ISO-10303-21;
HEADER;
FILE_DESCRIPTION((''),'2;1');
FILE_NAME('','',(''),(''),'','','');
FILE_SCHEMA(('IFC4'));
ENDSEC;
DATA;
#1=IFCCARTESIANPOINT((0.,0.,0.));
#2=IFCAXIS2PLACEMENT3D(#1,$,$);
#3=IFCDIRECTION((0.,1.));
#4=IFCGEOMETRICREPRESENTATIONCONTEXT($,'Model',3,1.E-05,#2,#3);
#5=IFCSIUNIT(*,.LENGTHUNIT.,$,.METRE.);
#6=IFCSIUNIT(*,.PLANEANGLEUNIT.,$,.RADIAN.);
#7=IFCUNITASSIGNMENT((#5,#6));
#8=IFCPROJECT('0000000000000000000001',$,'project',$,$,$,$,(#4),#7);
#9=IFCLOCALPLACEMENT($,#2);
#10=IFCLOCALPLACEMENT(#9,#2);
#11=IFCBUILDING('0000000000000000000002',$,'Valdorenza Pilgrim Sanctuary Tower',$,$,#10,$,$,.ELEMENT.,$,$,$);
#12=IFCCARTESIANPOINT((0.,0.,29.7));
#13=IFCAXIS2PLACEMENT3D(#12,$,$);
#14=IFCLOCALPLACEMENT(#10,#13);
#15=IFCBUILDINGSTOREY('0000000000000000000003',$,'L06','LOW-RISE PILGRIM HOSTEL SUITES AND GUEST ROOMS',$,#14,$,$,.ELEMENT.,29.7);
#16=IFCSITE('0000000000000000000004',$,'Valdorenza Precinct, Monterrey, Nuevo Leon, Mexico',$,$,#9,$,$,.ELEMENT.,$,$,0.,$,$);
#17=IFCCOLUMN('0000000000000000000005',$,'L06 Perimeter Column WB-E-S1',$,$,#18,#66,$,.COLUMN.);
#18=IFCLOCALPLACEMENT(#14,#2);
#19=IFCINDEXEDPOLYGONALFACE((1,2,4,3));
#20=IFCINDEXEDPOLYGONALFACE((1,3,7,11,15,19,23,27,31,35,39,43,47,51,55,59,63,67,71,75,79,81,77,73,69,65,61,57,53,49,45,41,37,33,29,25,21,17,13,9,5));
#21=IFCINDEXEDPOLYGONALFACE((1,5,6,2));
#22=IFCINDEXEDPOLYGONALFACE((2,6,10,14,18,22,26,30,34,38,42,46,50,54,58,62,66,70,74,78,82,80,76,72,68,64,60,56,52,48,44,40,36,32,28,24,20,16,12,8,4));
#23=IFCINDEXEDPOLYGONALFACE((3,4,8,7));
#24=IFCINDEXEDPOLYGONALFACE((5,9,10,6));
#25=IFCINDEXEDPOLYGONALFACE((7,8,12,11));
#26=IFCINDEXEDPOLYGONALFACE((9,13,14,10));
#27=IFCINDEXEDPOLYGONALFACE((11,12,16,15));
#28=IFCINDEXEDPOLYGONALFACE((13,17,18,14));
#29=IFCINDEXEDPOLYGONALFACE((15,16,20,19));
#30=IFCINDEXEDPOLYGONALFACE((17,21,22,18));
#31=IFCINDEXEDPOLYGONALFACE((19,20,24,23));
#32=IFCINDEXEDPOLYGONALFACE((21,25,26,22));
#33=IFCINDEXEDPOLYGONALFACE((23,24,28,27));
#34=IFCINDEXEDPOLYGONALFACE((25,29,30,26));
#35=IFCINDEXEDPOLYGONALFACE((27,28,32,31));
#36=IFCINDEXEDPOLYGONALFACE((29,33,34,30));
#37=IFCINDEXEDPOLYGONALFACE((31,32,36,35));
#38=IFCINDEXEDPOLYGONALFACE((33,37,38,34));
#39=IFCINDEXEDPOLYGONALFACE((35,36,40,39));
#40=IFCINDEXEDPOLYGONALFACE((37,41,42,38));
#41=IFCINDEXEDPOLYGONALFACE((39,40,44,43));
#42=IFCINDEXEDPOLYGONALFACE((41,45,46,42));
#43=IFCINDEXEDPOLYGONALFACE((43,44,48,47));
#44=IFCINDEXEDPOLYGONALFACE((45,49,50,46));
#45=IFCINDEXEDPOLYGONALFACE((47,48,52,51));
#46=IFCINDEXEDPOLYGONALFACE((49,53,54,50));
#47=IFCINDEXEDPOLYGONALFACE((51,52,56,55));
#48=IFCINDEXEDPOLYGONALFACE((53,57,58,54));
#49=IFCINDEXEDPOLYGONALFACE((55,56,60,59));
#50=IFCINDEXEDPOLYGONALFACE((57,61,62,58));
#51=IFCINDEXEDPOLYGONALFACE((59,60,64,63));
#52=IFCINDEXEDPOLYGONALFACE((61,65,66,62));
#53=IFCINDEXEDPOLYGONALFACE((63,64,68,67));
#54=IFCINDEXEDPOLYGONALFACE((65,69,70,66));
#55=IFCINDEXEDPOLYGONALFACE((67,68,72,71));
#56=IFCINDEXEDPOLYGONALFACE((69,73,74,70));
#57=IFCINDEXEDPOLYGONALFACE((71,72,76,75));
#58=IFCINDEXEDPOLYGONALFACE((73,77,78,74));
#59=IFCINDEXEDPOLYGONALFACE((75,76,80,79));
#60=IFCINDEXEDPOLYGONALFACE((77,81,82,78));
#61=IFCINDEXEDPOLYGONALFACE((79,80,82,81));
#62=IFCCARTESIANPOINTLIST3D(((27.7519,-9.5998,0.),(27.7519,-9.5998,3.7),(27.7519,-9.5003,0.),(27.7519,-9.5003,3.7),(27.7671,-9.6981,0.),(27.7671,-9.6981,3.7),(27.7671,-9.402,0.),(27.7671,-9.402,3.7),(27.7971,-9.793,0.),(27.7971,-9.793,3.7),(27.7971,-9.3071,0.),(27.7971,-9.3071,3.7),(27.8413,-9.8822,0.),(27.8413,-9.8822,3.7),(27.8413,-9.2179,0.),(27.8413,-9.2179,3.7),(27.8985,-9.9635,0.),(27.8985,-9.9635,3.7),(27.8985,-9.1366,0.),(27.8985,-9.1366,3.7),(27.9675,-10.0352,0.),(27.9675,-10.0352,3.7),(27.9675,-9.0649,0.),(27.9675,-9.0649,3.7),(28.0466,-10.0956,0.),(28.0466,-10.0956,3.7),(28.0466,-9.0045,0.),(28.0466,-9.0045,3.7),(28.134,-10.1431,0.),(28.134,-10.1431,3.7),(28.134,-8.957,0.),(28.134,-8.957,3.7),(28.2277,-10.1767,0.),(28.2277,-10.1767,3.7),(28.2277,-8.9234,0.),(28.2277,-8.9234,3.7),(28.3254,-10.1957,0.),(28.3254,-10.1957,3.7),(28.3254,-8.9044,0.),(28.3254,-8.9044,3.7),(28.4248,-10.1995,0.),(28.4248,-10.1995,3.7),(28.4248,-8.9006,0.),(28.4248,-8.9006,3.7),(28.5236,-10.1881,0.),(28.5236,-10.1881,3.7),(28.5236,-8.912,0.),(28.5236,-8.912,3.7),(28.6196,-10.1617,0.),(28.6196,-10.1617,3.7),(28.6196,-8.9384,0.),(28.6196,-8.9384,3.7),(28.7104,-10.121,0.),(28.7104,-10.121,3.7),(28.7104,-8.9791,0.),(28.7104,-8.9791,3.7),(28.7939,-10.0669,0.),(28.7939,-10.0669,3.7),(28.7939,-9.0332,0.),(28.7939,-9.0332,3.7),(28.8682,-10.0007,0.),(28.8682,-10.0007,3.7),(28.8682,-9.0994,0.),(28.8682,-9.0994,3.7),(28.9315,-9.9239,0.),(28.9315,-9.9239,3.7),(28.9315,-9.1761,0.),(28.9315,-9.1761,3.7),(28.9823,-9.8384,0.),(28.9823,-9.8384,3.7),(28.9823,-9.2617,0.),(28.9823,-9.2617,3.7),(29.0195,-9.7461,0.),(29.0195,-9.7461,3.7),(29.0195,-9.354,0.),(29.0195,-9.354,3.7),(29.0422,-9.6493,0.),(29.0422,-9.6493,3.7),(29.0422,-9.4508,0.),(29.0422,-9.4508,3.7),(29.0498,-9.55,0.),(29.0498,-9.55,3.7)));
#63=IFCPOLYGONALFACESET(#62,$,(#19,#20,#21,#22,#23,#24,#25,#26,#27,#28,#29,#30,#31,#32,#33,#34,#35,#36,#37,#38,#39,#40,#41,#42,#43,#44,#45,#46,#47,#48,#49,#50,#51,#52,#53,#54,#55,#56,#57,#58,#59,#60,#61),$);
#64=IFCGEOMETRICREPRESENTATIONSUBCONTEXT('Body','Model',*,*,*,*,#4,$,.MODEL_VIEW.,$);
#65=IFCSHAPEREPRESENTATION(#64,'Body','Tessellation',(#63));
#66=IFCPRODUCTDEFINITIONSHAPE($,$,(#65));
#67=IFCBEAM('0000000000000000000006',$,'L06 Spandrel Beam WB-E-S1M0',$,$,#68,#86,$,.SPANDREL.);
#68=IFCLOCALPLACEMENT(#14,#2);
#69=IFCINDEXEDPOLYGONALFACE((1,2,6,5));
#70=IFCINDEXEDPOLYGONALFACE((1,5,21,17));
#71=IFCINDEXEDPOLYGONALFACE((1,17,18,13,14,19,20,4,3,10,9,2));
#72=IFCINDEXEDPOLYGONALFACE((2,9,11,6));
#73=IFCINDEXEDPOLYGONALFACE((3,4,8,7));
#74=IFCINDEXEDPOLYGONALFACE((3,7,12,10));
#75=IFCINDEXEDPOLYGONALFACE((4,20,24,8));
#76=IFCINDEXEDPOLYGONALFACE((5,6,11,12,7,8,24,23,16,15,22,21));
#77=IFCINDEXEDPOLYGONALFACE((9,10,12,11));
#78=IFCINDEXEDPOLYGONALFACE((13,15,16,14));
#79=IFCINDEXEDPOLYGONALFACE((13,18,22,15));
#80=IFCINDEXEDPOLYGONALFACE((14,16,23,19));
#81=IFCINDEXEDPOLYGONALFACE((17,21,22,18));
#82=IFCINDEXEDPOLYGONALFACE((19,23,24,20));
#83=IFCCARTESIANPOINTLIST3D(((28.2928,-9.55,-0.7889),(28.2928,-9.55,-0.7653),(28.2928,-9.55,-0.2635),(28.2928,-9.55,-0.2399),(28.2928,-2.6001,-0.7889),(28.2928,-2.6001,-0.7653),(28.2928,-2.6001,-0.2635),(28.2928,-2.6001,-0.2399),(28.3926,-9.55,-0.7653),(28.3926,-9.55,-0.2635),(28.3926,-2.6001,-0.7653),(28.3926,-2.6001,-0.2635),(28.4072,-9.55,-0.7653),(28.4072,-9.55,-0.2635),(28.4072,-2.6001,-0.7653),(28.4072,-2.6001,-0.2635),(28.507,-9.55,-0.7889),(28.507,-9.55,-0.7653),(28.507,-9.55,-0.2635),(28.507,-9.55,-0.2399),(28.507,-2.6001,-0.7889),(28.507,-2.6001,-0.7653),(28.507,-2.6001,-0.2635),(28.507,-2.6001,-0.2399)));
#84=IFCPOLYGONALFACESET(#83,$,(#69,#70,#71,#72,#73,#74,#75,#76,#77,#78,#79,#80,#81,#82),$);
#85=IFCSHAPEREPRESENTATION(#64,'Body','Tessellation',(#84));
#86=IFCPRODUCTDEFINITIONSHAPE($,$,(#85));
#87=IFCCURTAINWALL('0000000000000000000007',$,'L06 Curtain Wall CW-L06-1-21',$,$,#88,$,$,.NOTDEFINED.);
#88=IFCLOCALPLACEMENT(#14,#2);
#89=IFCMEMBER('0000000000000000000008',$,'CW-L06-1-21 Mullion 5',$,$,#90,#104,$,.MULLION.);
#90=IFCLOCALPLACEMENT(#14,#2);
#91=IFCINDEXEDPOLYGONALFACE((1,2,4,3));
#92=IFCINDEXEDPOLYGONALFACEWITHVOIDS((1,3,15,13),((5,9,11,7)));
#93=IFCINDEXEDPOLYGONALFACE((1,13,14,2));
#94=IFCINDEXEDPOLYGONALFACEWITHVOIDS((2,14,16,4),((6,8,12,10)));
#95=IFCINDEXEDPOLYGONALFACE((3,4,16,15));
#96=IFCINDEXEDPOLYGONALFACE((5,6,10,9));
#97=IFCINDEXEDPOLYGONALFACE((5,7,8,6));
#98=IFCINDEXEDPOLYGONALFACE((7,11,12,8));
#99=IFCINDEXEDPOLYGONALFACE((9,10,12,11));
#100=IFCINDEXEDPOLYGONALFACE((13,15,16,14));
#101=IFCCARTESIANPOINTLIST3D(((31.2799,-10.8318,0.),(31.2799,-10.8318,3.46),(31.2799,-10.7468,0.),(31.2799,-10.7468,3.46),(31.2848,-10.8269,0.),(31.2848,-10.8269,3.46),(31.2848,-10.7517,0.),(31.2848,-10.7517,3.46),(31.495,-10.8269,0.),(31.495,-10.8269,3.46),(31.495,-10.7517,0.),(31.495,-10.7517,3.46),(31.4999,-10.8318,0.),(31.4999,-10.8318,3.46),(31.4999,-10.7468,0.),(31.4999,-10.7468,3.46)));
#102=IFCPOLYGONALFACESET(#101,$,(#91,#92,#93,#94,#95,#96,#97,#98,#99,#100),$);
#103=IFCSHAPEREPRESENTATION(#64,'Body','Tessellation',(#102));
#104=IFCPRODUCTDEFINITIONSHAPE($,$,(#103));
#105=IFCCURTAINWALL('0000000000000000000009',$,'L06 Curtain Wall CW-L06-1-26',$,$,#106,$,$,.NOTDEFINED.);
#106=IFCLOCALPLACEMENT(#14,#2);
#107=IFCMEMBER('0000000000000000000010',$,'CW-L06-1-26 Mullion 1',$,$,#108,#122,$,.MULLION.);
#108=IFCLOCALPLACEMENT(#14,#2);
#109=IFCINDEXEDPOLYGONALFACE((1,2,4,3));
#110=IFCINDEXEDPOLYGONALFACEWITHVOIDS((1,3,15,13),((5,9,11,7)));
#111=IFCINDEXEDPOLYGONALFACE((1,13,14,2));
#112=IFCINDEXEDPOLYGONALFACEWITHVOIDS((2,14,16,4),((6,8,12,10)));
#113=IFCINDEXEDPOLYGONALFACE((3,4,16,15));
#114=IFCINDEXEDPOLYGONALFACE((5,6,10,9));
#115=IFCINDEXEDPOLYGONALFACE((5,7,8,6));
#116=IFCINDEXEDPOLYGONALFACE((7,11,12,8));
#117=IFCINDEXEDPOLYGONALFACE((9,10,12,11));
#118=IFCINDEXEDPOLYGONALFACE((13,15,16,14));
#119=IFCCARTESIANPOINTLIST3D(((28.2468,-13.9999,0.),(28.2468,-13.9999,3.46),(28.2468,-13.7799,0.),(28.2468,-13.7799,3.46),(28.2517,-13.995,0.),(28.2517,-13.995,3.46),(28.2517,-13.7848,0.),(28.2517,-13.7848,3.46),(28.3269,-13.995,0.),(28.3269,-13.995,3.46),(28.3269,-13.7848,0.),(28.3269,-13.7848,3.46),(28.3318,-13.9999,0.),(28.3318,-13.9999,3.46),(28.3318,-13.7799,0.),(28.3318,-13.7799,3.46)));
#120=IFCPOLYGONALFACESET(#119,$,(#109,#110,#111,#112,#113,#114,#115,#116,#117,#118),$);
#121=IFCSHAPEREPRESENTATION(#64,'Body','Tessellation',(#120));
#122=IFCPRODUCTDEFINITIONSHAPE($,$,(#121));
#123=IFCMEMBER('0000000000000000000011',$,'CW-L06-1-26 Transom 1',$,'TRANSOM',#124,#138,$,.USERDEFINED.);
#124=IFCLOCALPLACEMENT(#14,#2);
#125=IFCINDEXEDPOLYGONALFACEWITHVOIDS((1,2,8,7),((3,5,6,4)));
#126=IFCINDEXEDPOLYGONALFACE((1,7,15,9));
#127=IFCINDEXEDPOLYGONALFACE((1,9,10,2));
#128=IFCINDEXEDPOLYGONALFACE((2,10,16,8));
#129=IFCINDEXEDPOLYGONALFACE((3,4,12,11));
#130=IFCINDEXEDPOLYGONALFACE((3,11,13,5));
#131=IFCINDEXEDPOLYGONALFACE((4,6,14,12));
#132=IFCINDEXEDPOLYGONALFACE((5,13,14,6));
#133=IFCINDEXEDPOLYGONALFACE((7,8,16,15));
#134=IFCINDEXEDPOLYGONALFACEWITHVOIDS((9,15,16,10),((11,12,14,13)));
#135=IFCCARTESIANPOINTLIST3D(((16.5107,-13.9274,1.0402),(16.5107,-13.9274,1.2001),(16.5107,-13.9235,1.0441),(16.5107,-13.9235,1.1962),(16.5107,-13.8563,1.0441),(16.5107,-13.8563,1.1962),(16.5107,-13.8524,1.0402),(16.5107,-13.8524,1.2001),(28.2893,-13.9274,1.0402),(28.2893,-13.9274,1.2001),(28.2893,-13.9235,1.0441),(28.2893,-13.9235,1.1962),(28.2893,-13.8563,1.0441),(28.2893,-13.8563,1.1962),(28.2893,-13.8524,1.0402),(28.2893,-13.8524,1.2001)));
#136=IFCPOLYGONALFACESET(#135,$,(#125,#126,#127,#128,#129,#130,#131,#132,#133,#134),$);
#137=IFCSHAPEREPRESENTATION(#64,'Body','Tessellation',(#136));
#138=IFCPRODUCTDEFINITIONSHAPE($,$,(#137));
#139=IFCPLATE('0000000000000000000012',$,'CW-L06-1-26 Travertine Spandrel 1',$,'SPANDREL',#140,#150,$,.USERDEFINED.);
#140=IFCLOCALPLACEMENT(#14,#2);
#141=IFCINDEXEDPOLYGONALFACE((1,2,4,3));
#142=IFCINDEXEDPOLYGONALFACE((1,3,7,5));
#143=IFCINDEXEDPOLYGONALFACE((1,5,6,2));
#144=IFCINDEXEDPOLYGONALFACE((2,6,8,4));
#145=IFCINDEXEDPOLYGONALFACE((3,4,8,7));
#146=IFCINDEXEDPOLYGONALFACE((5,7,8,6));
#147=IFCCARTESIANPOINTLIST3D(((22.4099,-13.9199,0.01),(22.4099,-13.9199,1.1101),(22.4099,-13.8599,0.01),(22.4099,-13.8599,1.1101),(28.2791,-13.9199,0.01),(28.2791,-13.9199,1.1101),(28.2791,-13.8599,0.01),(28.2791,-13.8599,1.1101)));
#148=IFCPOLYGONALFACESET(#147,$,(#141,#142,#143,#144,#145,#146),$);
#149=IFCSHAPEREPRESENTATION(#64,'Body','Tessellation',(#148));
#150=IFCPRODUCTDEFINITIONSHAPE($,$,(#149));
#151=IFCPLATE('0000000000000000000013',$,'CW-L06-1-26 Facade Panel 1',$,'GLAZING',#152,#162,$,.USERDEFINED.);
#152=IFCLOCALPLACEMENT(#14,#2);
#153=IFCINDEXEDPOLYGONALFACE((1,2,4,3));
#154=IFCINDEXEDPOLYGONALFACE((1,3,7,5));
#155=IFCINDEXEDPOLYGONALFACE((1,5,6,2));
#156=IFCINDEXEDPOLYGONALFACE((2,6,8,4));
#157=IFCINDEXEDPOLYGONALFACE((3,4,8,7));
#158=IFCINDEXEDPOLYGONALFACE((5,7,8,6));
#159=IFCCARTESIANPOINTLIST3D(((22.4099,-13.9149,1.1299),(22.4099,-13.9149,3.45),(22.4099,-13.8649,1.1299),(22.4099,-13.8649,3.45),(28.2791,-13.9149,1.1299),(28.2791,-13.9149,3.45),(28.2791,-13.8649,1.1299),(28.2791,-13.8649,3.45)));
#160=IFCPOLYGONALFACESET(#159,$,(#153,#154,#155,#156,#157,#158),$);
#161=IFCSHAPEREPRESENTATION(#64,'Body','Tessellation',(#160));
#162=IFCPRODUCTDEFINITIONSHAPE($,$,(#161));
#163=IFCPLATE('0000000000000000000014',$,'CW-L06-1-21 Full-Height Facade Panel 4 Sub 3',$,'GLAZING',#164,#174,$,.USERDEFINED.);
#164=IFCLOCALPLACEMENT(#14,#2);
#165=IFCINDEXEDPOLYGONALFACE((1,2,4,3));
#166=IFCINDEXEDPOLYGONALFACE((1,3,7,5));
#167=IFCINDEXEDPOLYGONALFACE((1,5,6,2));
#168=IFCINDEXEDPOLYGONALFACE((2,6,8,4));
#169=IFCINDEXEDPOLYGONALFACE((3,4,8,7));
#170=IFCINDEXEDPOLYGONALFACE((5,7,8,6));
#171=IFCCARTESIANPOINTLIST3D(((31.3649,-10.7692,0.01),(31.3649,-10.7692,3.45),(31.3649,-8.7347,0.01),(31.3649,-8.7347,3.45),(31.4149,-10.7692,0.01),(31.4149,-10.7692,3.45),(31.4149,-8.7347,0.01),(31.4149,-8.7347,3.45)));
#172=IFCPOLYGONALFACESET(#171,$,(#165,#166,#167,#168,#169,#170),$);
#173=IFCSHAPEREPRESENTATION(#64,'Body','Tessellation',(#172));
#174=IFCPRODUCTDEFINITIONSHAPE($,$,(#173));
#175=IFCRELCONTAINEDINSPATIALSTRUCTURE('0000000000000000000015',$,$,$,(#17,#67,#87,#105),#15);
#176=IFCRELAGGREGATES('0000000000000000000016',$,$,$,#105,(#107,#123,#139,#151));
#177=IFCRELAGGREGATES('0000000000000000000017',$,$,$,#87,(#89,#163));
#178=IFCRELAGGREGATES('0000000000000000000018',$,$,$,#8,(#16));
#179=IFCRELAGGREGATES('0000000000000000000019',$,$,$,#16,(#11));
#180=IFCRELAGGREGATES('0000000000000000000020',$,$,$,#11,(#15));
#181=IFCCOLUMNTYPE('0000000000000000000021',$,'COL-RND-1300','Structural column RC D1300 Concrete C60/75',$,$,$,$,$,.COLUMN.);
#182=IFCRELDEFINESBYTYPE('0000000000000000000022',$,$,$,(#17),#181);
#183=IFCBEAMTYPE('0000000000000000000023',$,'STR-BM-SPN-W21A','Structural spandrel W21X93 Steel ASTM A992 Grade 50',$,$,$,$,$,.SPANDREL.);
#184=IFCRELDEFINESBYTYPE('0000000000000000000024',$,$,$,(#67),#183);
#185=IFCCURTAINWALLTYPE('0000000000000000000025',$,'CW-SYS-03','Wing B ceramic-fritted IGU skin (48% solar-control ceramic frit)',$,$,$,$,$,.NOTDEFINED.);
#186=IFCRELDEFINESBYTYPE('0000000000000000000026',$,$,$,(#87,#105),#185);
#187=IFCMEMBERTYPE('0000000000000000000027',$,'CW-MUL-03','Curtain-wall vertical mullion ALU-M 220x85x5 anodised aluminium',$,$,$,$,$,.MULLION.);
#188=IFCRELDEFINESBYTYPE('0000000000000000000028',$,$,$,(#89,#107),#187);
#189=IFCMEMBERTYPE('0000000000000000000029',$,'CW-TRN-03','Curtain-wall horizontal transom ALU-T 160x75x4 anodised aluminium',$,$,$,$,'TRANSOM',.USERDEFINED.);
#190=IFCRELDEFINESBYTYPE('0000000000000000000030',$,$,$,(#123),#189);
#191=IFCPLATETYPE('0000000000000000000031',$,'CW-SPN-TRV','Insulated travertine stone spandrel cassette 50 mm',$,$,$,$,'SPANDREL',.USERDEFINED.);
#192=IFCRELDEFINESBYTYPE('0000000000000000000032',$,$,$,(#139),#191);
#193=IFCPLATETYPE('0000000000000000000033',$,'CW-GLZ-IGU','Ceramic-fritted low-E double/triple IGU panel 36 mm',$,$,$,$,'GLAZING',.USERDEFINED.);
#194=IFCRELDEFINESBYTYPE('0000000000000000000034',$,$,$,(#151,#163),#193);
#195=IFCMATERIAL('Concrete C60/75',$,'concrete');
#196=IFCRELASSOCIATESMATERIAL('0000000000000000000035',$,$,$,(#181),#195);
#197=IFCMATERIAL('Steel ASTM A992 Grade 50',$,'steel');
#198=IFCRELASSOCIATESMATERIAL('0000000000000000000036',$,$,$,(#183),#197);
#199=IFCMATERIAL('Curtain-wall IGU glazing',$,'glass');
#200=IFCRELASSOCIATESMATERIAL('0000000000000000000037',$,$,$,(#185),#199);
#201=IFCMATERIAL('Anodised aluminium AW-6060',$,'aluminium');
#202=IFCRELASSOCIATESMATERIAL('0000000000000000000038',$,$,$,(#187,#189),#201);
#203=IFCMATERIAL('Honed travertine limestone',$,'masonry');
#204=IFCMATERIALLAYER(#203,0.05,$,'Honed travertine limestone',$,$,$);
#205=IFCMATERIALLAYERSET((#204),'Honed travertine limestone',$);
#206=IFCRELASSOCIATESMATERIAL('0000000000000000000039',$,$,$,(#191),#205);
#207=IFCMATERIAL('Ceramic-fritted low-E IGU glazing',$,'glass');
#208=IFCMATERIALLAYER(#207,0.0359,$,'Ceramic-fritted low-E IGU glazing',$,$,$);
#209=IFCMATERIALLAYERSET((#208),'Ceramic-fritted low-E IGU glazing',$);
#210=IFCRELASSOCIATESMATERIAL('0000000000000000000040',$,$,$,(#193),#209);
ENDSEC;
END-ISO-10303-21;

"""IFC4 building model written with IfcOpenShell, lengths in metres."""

from ifc_helpers import new_model, si_unit, direction, frame, origin, origin_2d, place, context, subcontext, project, spatial, rectangle, hollow_rectangle, circle, i_section, extrude, source, transform, mapped, material, layer, layer_set, material_profile, profile_set, type_object, element, aggregate, save


model = new_model("IFC4")

# Units and contexts
model_context = context("Model", 3, precision=1e-05, world=origin(), true_north=direction((0.0, 1.0)))
body_context = subcontext(model_context, "Body", "Model", "MODEL_VIEW")
ifc_project = project(units=[si_unit("LENGTHUNIT", "METRE"), si_unit("PLANEANGLEUNIT", "RADIAN")], contexts=[model_context])

# Site, building, storey
site_placement = place(None, origin())
site = spatial("IfcSite", under=ifc_project, at=site_placement, Name="Valdorenza Precinct, Monterrey, Nuevo Leon, Mexico", CompositionType="ELEMENT", RefElevation=0.0)
building_placement = place(site_placement, origin())
building = spatial("IfcBuilding", under=site, at=building_placement, Name="Valdorenza Pilgrim Sanctuary Tower", CompositionType="ELEMENT")
storey_placement = place(building_placement, frame((0.0, 0.0, 29.7)))
storey = spatial("IfcBuildingStorey", under=building, at=storey_placement, Name="L06", Description="LOW-RISE PILGRIM HOSTEL SUITES AND GUEST ROOMS", CompositionType="ELEMENT", Elevation=29.7)

# Column
ifc_material_1 = material(Name="Concrete C60/75", Category="concrete")
ifc_material_profile_1 = material_profile(ifc_material_1, circle(Radius=0.6499, at=origin_2d()), Name="RC D1300")
ifc_profile_set_1 = profile_set([ifc_material_profile_1], Name="Concrete C60/75")
column_type = type_object("IfcColumnType", Name="COL-RND-1300", Description="Structural column RC D1300 Concrete C60/75", PredefinedType="COLUMN", material=ifc_profile_set_1)
shared_shape_1 = source(origin(), body_context, "Body", "SweptSolid", [
    extrude(circle(Radius=0.6499, at=origin_2d()), origin(), (0.0, 0.0, 1.0), 3.7),
])
column_placement = place(storey_placement, frame((28.3999, -9.55, 0.0), z_axis=(0.0, 0.0, 1.0), x_axis=(1.0, 0.0, 0.0)))
element("IfcColumn", 1, at=column_placement, inside=storey, type_object=column_type, Name="L06 Perimeter Column WB-E-S1", PredefinedType="COLUMN", context=body_context, shape_type="MappedRepresentation", body=[
    mapped(shared_shape_1, transform((0.0, 0.0, 0.0), x_axis=(1.0, 0.0, 0.0), y_axis=(0.0, 1.0, 0.0), z_axis=(0.0, 0.0, 1.0), scale=1.0)),
])

# Beam
ifc_material_2 = material(Name="Steel ASTM A992 Grade 50", Category="steel")
ifc_material_profile_2 = material_profile(ifc_material_2, i_section(OverallWidth=0.2141, OverallDepth=0.5491, WebThickness=0.0146, FlangeThickness=0.0237, at=origin_2d()), Name="W21X93")
ifc_profile_set_2 = profile_set([ifc_material_profile_2], Name="Steel ASTM A992 Grade 50")
beam_type = type_object("IfcBeamType", Name="STR-BM-SPN-W21A", Description="Structural spandrel W21X93 Steel ASTM A992 Grade 50", PredefinedType="SPANDREL", material=ifc_profile_set_2)
shared_shape_2 = source(origin(), body_context, "Body", "SweptSolid", [
    extrude(i_section(OverallWidth=0.2141, OverallDepth=0.5491, WebThickness=0.0146, FlangeThickness=0.0237, at=origin_2d()), origin(), (0.0, 0.0, 1.0), 6.95),
])
beam_placement = place(storey_placement, frame((28.3999, -9.55, -0.5144), z_axis=(0.0, 1.0, 0.0), x_axis=(-1.0, 0.0, 0.0)))
element("IfcBeam", 2, at=beam_placement, inside=storey, type_object=beam_type, Name="L06 Spandrel Beam WB-E-S1M0", PredefinedType="SPANDREL", context=body_context, shape_type="MappedRepresentation", body=[
    mapped(shared_shape_2, transform((0.0, 0.0, 0.0), x_axis=(1.0, 0.0, 0.0), y_axis=(0.0, 1.0, 0.0), z_axis=(0.0, 0.0, 1.0), scale=1.0)),
])

# Curtain wall, member
ifc_material_3 = material(Name="Curtain-wall IGU glazing", Category="glass")
curtain_wall_type = type_object("IfcCurtainWallType", Name="CW-SYS-03", Description="Wing B ceramic-fritted IGU skin (48% solar-control ceramic frit)", PredefinedType="NOTDEFINED", material=ifc_material_3)
curtain_wall_1_placement = place(storey_placement, origin())
curtain_wall_1 = element("IfcCurtainWall", 3, at=curtain_wall_1_placement, inside=storey, type_object=curtain_wall_type, Name="L06 Curtain Wall CW-L06-1-21", PredefinedType="NOTDEFINED")
ifc_material_4 = material(Name="Anodised aluminium AW-6060", Category="aluminium")
ifc_material_profile_3 = material_profile(ifc_material_4, hollow_rectangle(XDim=0.085, YDim=0.22, WallThickness=0.0049, at=origin_2d()), Name="ALU-M 220x85x5")
ifc_profile_set_3 = profile_set([ifc_material_profile_3], Name="Anodised aluminium AW-6060")
member_type_1 = type_object("IfcMemberType", Name="CW-MUL-03", Description="Curtain-wall vertical mullion ALU-M 220x85x5 anodised aluminium", PredefinedType="MULLION", material=ifc_profile_set_3)
shared_shape_3 = source(origin(), body_context, "Body", "SweptSolid", [
    extrude(hollow_rectangle(XDim=0.085, YDim=0.22, WallThickness=0.0049, at=origin_2d()), origin(), (0.0, 0.0, 1.0), 3.46),
])
member_1_placement = place(storey_placement, frame((31.3899, -10.7893, 0.0), z_axis=(0.0, 0.0, 1.0), x_axis=(0.0, -1.0, 0.0)))
member_1 = element("IfcMember", 4, at=member_1_placement, type_object=member_type_1, Name="CW-L06-1-21 Mullion 5", PredefinedType="MULLION", context=body_context, shape_type="MappedRepresentation", body=[
    mapped(shared_shape_3, transform((0.0, 0.0, 0.0), x_axis=(1.0, 0.0, 0.0), y_axis=(0.0, 1.0, 0.0), z_axis=(0.0, 0.0, 1.0), scale=1.0)),
])

# Curtain wall, members, plates
curtain_wall_2_placement = place(storey_placement, origin())
curtain_wall_2 = element("IfcCurtainWall", 5, at=curtain_wall_2_placement, inside=storey, type_object=curtain_wall_type, Name="L06 Curtain Wall CW-L06-1-26", PredefinedType="NOTDEFINED")
member_2_placement = place(storey_placement, frame((28.2893, -13.8899, 0.0), z_axis=(0.0, 0.0, 1.0), x_axis=(-1.0, 0.0, 0.0)))
member_2 = element("IfcMember", 6, at=member_2_placement, type_object=member_type_1, Name="CW-L06-1-26 Mullion 1", PredefinedType="MULLION", context=body_context, shape_type="MappedRepresentation", body=[
    mapped(shared_shape_3, transform((0.0, 0.0, 0.0), x_axis=(1.0, 0.0, 0.0), y_axis=(0.0, 1.0, 0.0), z_axis=(0.0, 0.0, 1.0), scale=1.0)),
])
ifc_material_profile_4 = material_profile(ifc_material_4, hollow_rectangle(XDim=0.075, YDim=0.1599, WallThickness=0.0039, at=origin_2d()), Name="ALU-T 160x75x4")
ifc_profile_set_4 = profile_set([ifc_material_profile_4], Name="Anodised aluminium AW-6060")
member_type_2 = type_object("IfcMemberType", Name="CW-TRN-03", Description="Curtain-wall horizontal transom ALU-T 160x75x4 anodised aluminium", ElementType="TRANSOM", PredefinedType="USERDEFINED", material=ifc_profile_set_4)
shared_shape_4 = source(origin(), body_context, "Body", "SweptSolid", [
    extrude(hollow_rectangle(XDim=0.075, YDim=0.1599, WallThickness=0.0039, at=origin_2d()), origin(), (0.0, 0.0, 1.0), 11.7786),
])
member_3_placement = place(storey_placement, frame((28.2893, -13.8899, 1.1201), z_axis=(-1.0, 0.0, 0.0), x_axis=(0.0, -1.0, 0.0)))
member_3 = element("IfcMember", 7, at=member_3_placement, type_object=member_type_2, Name="CW-L06-1-26 Transom 1", ObjectType="TRANSOM", PredefinedType="USERDEFINED", context=body_context, shape_type="MappedRepresentation", body=[
    mapped(shared_shape_4, transform((0.0, 0.0, 0.0), x_axis=(1.0, 0.0, 0.0), y_axis=(0.0, 1.0, 0.0), z_axis=(0.0, 0.0, 1.0), scale=1.0)),
])
ifc_material_5 = material(Name="Honed travertine limestone", Category="masonry")
ifc_layer_1 = layer(ifc_material_5, 0.05, Name="Honed travertine limestone")
ifc_layer_set_1 = layer_set([ifc_layer_1], Name="Honed travertine limestone")
plate_type_1 = type_object("IfcPlateType", Name="CW-SPN-TRV", Description="Insulated travertine stone spandrel cassette 50 mm", ElementType="SPANDREL", PredefinedType="USERDEFINED", material=ifc_layer_set_1)
shared_shape_5 = source(origin(), body_context, "Body", "SweptSolid", [
    extrude(rectangle(XDim=5.8691, YDim=0.0601, at=origin_2d()), origin(), (0.0, 0.0, 1.0), 1.1001),
])
plate_1_placement = place(storey_placement, frame((25.3445, -13.8899, 0.01), z_axis=(0.0, 0.0, 1.0), x_axis=(-1.0, 0.0, 0.0)))
plate_1 = element("IfcPlate", 8, at=plate_1_placement, type_object=plate_type_1, Name="CW-L06-1-26 Travertine Spandrel 1", ObjectType="SPANDREL", PredefinedType="USERDEFINED", context=body_context, shape_type="MappedRepresentation", body=[
    mapped(shared_shape_5, transform((0.0, 0.0, 0.0), x_axis=(1.0, 0.0, 0.0), y_axis=(0.0, 1.0, 0.0), z_axis=(0.0, 0.0, 1.0), scale=1.0)),
])
ifc_material_6 = material(Name="Ceramic-fritted low-E IGU glazing", Category="glass")
ifc_layer_2 = layer(ifc_material_6, 0.0359, Name="Ceramic-fritted low-E IGU glazing")
ifc_layer_set_2 = layer_set([ifc_layer_2], Name="Ceramic-fritted low-E IGU glazing")
plate_type_2 = type_object("IfcPlateType", Name="CW-GLZ-IGU", Description="Ceramic-fritted low-E double/triple IGU panel 36 mm", ElementType="GLAZING", PredefinedType="USERDEFINED", material=ifc_layer_set_2)
shared_shape_6 = source(origin(), body_context, "Body", "SweptSolid", [
    extrude(rectangle(XDim=5.8691, YDim=0.05, at=origin_2d()), origin(), (0.0, 0.0, 1.0), 2.3201),
])
plate_2_placement = place(storey_placement, frame((25.3445, -13.8899, 1.1299), z_axis=(0.0, 0.0, 1.0), x_axis=(-1.0, 0.0, 0.0)))
plate_2 = element("IfcPlate", 9, at=plate_2_placement, type_object=plate_type_2, Name="CW-L06-1-26 Facade Panel 1", ObjectType="GLAZING", PredefinedType="USERDEFINED", context=body_context, shape_type="MappedRepresentation", body=[
    mapped(shared_shape_6, transform((0.0, 0.0, 0.0), x_axis=(1.0, 0.0, 0.0), y_axis=(0.0, 1.0, 0.0), z_axis=(0.0, 0.0, 1.0), scale=1.0)),
])
aggregate(curtain_wall_2, [member_2, member_3, plate_1, plate_2])

# Plate
shared_shape_7 = source(origin(), body_context, "Body", "SweptSolid", [
    extrude(rectangle(XDim=2.0344, YDim=0.05, at=origin_2d()), origin(), (0.0, 0.0, 1.0), 3.4399),
])
plate_3_placement = place(storey_placement, frame((31.3899, -9.752, 0.01), z_axis=(0.0, 0.0, 1.0), x_axis=(0.0, -1.0, 0.0)))
plate_3 = element("IfcPlate", 10, at=plate_3_placement, type_object=plate_type_2, Name="CW-L06-1-21 Full-Height Facade Panel 4 Sub 3", ObjectType="GLAZING", PredefinedType="USERDEFINED", context=body_context, shape_type="MappedRepresentation", body=[
    mapped(shared_shape_7, transform((0.0, 0.0, 0.0), x_axis=(1.0, 0.0, 0.0), y_axis=(0.0, 1.0, 0.0), z_axis=(0.0, 0.0, 1.0), scale=1.0)),
])
aggregate(curtain_wall_1, [member_1, plate_3])

save(model, "model.ifc")
